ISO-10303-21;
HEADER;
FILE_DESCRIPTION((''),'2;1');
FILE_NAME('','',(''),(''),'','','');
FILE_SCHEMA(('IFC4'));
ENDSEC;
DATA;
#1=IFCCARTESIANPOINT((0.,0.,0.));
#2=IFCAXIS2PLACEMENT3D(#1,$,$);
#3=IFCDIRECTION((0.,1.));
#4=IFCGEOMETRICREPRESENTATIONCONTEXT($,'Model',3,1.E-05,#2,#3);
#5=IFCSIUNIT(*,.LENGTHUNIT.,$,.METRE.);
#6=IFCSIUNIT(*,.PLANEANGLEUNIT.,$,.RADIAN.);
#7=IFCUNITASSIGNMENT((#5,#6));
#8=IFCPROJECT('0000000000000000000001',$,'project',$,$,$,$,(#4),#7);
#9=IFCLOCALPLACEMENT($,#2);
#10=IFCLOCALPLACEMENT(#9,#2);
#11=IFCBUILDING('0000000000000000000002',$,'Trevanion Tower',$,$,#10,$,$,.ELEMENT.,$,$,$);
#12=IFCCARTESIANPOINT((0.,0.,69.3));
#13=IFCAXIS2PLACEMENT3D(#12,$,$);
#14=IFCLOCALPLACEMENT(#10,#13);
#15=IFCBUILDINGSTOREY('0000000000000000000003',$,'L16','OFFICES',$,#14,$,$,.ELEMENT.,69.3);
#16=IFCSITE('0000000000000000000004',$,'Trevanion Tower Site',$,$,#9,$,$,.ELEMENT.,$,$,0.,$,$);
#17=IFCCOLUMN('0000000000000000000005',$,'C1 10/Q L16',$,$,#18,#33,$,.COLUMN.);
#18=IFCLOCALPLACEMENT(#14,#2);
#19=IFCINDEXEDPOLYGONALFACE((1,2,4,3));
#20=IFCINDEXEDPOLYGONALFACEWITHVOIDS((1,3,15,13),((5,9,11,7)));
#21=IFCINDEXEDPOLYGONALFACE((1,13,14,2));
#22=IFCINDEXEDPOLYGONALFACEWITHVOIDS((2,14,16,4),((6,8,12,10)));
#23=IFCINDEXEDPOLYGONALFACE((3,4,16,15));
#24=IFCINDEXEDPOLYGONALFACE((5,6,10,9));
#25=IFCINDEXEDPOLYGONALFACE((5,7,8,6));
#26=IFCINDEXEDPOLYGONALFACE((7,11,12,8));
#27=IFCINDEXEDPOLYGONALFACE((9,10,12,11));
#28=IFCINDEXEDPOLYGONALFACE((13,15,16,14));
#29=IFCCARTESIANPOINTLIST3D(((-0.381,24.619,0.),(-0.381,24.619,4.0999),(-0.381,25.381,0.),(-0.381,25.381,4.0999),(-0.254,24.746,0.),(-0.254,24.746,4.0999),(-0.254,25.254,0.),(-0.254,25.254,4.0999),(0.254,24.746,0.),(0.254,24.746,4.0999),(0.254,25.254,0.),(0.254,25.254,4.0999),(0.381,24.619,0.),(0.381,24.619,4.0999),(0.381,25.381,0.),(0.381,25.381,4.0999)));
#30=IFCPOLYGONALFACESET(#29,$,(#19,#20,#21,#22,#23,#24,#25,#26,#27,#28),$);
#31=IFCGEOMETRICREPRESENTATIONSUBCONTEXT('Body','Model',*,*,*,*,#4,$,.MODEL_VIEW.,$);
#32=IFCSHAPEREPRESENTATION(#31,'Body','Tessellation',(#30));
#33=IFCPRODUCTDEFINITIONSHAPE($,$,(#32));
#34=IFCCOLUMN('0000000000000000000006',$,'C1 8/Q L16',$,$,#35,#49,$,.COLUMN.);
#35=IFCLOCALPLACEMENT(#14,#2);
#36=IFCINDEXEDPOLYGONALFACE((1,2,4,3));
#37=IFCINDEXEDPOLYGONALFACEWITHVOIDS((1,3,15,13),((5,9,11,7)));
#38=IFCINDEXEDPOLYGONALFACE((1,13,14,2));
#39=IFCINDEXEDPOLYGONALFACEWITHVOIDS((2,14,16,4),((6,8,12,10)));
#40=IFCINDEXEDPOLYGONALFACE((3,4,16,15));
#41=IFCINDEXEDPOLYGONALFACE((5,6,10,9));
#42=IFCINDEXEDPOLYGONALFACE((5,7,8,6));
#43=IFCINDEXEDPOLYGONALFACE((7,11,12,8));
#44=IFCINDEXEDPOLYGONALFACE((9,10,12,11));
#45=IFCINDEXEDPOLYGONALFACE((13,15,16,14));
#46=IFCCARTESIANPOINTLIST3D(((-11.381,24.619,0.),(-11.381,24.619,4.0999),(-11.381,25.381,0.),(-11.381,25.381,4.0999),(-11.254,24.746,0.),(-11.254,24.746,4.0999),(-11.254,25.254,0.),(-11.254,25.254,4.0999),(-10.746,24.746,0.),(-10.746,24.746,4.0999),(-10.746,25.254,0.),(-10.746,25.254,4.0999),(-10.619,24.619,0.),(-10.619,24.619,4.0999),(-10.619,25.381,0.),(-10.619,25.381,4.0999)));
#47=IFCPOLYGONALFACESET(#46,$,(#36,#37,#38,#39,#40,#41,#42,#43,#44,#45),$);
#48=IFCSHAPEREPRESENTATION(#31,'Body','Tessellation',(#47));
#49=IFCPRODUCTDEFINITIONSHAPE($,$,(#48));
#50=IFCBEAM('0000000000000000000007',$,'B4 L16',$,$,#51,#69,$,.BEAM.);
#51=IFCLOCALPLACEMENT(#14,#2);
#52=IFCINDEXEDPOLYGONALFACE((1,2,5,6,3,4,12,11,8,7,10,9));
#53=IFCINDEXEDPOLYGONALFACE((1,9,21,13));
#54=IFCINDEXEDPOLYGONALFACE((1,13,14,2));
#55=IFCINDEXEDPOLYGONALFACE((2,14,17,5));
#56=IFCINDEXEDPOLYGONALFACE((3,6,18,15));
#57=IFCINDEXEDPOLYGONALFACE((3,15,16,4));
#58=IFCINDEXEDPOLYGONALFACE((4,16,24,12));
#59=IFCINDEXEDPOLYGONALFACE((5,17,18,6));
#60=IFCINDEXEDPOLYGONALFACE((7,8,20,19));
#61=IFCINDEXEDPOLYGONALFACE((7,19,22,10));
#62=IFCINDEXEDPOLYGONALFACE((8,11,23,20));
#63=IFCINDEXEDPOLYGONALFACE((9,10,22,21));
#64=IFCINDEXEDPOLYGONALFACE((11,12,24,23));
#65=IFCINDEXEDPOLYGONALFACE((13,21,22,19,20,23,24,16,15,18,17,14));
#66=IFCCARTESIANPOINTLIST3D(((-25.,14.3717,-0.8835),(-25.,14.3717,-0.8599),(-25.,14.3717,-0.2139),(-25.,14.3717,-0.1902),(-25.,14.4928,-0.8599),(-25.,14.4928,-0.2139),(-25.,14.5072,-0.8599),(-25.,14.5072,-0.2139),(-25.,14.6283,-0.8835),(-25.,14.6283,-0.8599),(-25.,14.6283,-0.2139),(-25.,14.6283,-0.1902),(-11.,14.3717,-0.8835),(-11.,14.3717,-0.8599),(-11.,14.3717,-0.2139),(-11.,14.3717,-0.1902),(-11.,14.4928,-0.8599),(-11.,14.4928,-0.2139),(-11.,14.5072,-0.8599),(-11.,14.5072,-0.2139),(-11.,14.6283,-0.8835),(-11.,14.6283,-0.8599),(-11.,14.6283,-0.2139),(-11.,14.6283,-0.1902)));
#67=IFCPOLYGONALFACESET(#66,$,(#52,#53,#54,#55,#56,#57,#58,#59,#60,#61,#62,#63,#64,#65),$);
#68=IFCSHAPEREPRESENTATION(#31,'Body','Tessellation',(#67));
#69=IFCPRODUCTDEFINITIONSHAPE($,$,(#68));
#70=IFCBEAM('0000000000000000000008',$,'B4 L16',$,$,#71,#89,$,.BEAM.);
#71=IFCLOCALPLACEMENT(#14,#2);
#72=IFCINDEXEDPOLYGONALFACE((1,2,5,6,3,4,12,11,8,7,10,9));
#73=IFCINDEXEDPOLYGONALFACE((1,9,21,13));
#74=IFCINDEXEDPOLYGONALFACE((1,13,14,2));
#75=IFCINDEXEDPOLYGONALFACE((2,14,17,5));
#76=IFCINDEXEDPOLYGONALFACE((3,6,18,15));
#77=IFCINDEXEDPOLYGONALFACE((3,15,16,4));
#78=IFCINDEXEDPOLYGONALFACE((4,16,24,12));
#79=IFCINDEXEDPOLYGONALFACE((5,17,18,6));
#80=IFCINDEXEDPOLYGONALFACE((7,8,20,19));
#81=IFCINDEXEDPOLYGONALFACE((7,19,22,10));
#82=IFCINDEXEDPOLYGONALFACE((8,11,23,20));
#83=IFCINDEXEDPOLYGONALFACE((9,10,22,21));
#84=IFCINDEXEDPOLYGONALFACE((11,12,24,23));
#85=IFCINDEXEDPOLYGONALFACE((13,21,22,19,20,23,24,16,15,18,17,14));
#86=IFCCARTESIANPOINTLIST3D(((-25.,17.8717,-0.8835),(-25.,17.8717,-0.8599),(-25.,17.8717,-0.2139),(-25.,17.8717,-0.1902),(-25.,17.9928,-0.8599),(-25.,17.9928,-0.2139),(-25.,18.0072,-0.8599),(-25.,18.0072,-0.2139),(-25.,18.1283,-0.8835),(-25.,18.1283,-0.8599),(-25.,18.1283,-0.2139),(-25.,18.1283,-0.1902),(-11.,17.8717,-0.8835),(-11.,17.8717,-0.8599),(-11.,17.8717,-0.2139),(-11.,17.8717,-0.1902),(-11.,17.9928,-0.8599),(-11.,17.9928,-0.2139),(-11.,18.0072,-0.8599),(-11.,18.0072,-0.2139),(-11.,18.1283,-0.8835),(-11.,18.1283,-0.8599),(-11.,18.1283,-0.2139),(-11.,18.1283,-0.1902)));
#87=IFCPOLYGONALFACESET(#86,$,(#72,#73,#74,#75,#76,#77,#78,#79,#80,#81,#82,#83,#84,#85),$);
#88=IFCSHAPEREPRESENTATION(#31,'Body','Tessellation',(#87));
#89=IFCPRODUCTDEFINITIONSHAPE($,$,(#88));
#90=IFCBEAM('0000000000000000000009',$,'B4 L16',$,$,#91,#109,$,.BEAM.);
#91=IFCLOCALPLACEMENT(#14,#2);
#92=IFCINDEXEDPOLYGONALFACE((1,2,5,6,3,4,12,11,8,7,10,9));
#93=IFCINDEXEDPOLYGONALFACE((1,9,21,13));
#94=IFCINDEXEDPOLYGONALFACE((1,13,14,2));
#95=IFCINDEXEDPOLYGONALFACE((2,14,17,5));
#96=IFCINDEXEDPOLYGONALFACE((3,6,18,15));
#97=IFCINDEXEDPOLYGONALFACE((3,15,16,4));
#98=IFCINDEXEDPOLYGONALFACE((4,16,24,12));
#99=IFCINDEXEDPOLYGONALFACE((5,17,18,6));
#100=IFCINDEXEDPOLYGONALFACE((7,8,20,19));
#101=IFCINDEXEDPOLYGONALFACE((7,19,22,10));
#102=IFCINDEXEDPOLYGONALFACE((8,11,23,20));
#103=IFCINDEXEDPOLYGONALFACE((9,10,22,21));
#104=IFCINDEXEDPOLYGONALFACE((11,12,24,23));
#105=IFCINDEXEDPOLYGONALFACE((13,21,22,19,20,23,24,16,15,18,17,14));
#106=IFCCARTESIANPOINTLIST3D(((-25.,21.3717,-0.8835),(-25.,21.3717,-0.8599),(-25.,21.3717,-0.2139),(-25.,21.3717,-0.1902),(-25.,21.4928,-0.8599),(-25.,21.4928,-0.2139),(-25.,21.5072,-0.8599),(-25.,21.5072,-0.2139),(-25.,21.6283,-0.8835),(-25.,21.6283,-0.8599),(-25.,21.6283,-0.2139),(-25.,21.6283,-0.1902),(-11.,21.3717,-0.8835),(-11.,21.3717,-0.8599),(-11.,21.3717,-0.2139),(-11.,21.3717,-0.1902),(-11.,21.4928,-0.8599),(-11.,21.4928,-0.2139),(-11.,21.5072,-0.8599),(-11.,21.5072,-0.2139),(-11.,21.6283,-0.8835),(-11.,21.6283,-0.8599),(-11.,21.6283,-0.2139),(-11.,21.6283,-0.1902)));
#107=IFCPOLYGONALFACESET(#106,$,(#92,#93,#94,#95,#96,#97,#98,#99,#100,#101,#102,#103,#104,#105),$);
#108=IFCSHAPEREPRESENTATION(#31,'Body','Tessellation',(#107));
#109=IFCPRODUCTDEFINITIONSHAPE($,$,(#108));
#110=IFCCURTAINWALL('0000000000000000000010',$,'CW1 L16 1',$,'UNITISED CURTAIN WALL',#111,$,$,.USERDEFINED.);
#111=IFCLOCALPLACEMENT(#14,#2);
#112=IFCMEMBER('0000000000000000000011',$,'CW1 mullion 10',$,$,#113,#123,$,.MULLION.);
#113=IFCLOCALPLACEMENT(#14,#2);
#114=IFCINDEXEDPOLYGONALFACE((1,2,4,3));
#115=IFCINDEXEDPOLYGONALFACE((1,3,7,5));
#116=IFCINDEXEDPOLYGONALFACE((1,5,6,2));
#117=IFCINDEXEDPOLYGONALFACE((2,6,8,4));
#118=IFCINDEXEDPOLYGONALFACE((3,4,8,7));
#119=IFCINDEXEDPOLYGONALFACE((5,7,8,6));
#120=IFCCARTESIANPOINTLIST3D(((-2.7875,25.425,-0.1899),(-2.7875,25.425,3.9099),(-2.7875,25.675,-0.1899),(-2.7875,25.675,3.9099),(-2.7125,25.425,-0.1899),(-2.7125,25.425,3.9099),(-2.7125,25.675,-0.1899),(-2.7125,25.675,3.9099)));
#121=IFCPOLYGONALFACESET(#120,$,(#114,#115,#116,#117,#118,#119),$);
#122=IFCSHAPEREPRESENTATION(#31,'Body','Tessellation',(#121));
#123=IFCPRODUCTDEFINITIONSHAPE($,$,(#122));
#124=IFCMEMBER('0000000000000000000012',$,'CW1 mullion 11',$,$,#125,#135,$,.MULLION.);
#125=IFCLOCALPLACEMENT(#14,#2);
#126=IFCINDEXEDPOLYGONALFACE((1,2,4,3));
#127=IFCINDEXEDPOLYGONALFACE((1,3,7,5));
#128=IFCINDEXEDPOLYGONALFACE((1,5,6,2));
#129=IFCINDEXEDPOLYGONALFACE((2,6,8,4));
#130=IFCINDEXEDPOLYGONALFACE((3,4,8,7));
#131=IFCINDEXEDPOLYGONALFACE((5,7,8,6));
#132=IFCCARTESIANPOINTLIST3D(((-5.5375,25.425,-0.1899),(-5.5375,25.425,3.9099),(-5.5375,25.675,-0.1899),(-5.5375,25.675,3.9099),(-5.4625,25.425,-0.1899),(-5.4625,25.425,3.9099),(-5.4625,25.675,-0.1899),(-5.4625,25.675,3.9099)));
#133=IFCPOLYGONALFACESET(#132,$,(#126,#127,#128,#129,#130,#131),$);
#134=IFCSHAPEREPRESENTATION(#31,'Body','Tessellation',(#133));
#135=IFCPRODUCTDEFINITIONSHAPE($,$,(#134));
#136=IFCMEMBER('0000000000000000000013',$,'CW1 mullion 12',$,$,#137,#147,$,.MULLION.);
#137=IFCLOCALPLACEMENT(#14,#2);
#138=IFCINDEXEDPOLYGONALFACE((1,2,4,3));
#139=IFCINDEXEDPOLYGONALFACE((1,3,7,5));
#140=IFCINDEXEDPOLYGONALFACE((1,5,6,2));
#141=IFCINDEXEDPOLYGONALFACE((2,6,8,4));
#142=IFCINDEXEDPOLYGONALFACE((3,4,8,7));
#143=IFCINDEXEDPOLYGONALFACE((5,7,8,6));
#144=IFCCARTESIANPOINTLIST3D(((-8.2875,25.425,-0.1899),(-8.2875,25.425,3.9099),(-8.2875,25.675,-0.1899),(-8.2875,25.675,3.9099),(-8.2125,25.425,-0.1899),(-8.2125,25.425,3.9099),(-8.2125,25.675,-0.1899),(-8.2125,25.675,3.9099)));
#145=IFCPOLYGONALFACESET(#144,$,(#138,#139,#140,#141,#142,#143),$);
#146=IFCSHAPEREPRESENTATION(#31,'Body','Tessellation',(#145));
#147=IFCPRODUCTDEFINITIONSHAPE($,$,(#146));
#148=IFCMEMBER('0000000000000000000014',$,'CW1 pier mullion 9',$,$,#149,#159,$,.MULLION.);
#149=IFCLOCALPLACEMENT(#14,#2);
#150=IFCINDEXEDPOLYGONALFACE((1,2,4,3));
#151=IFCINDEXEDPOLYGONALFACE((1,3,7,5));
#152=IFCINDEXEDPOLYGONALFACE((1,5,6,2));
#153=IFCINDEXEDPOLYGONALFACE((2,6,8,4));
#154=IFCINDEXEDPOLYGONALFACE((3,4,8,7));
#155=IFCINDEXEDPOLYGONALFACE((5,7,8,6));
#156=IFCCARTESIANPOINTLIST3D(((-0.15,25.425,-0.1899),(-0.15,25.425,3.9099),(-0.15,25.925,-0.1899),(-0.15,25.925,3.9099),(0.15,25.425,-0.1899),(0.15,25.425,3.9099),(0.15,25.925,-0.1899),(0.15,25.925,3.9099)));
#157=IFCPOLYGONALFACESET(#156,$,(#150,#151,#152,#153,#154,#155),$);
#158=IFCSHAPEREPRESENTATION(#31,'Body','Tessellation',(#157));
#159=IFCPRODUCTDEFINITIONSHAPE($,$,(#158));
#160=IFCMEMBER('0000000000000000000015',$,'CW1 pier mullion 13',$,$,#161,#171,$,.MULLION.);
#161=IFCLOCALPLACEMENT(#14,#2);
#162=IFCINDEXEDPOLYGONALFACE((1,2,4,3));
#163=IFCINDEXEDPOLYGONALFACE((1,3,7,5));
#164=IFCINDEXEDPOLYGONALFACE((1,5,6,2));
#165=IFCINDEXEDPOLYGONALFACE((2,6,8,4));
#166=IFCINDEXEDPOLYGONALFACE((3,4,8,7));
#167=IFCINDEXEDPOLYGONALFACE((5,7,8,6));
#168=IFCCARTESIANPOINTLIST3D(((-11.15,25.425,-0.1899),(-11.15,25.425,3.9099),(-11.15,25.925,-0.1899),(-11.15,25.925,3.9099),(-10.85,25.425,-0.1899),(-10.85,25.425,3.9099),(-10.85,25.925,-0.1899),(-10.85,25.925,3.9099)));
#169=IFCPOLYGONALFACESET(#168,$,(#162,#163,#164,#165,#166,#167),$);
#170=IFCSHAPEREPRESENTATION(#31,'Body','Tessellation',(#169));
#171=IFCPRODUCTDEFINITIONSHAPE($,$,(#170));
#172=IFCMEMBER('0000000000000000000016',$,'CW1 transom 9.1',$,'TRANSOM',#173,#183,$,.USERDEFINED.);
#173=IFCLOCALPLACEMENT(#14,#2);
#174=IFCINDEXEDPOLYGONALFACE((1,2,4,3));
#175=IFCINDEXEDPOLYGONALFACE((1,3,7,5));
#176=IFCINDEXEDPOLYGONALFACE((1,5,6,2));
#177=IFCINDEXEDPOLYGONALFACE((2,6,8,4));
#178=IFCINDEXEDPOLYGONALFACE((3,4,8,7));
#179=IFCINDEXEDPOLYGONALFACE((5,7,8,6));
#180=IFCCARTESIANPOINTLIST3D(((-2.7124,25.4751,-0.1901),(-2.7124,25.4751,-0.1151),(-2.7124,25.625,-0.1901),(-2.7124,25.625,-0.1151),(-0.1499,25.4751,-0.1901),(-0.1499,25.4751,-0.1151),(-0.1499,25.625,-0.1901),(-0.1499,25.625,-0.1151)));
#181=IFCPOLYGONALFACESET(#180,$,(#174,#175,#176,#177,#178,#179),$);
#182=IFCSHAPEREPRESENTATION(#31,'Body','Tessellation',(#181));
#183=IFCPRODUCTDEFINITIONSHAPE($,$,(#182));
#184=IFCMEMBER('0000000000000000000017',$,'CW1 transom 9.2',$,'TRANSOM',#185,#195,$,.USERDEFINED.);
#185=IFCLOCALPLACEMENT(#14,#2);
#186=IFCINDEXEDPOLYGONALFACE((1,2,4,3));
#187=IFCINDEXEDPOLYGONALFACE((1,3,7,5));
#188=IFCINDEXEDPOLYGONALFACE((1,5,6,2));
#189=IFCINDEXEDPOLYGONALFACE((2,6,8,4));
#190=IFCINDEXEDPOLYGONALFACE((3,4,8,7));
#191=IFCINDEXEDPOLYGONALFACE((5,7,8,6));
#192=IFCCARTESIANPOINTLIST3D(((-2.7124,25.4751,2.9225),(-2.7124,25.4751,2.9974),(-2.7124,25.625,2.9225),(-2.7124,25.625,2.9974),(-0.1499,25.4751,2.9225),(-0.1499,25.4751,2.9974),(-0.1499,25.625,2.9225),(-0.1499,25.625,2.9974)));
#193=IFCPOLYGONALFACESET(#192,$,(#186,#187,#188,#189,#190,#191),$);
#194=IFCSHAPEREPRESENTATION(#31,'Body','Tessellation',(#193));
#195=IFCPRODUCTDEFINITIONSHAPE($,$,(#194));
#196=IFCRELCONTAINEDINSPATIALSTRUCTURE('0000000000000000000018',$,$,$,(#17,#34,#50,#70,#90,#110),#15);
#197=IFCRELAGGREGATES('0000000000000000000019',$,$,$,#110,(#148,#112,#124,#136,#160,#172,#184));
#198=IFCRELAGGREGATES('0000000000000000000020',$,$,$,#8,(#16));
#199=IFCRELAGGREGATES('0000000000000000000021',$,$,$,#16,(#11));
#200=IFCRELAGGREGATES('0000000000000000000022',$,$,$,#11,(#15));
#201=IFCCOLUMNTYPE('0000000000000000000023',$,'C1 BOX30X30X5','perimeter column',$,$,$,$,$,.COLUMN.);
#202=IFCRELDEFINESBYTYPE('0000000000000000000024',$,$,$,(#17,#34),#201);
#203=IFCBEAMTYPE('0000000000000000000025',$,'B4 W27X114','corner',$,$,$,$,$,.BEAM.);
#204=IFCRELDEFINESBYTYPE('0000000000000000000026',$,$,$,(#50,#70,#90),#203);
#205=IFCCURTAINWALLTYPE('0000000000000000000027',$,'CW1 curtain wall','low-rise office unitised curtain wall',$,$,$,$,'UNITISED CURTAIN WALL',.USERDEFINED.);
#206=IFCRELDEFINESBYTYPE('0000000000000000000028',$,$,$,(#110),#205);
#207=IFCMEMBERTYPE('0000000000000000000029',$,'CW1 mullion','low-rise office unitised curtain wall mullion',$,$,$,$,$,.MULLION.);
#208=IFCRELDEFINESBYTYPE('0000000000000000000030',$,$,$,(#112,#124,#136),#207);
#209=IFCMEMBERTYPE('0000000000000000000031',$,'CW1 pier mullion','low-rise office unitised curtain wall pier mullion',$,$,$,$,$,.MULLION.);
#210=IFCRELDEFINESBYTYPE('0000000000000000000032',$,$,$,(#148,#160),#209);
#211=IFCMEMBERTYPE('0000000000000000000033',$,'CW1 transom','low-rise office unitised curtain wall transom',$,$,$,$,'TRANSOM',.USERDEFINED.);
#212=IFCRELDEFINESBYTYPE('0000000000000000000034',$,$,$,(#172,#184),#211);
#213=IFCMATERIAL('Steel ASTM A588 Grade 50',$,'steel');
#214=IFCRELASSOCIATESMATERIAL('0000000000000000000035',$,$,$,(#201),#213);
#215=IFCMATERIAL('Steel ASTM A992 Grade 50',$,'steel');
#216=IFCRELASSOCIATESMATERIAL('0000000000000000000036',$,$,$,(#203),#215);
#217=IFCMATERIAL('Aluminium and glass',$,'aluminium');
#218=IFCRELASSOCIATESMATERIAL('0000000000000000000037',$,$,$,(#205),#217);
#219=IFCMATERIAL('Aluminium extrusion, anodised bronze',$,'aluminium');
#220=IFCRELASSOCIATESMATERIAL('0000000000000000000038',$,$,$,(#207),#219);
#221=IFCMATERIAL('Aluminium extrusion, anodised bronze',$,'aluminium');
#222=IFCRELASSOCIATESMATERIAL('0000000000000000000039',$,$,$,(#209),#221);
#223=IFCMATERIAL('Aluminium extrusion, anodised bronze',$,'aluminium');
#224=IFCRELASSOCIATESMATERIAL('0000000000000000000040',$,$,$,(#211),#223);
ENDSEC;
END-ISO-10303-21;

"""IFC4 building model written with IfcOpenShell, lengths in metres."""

from ifc_helpers import new_model, si_unit, direction, frame, origin, origin_2d, place, context, subcontext, project, spatial, rectangle, hollow_rectangle, i_section, extrude, material, material_profile, profile_set, type_object, element, aggregate, save


model = new_model("IFC4")

# Units and contexts
model_context = context("Model", 3, precision=1e-05, world=origin(), true_north=direction((0.0, 1.0)))
body_context = subcontext(model_context, "Body", "Model", "MODEL_VIEW")
ifc_project = project(units=[si_unit("LENGTHUNIT", "METRE"), si_unit("PLANEANGLEUNIT", "RADIAN")], contexts=[model_context])

# Site, building, storey
site_placement = place(None, origin())
site = spatial("IfcSite", under=ifc_project, at=site_placement, Name="Trevanion Tower Site", CompositionType="ELEMENT", RefElevation=0.0)
building_placement = place(site_placement, origin())
building = spatial("IfcBuilding", under=site, at=building_placement, Name="Trevanion Tower", CompositionType="ELEMENT")
storey_placement = place(building_placement, frame((0.0, 0.0, 69.3)))
storey = spatial("IfcBuildingStorey", under=building, at=storey_placement, Name="L16", Description="OFFICES", CompositionType="ELEMENT", Elevation=69.3)

# Columns
ifc_material_1 = material(Name="Steel ASTM A588 Grade 50", Category="steel")
ifc_material_profile_1 = material_profile(ifc_material_1, hollow_rectangle(XDim=0.762, YDim=0.762, WallThickness=0.127, at=origin_2d()), Name="BOX30X30X5")
ifc_profile_set_1 = profile_set([ifc_material_profile_1], Name="Steel ASTM A588 Grade 50")
column_type = type_object("IfcColumnType", Name="C1 BOX30X30X5", Description="perimeter column", PredefinedType="COLUMN", material=ifc_profile_set_1)
for number, where, z_axis, x_axis, name in (
    (1, (0.0, 25.0, 0.0), (0.0, 0.0, 1.0), (1.0, 0.0, 0.0), "C1 10/Q L16"),
    (2, (-11.0, 25.0, 0.0), (0.0, 0.0, 1.0), (1.0, 0.0, 0.0), "C1 8/Q L16"),
):
    element("IfcColumn", number, at=place(storey_placement, frame(where, z_axis=z_axis, x_axis=x_axis)), inside=storey, type_object=column_type, Name=name, PredefinedType="COLUMN", context=body_context, shape_type="SweptSolid", body=[
        extrude(hollow_rectangle(XDim=0.762, YDim=0.762, WallThickness=0.127, at=origin_2d()), origin(), (0.0, 0.0, 1.0), 4.0999),
    ])

# Beams
ifc_material_2 = material(Name="Steel ASTM A992 Grade 50", Category="steel")
ifc_material_profile_2 = material_profile(ifc_material_2, i_section(OverallWidth=0.2566, OverallDepth=0.6934, WebThickness=0.0144, FlangeThickness=0.0237, at=origin_2d()), Name="W27X114")
ifc_profile_set_2 = profile_set([ifc_material_profile_2], Name="Steel ASTM A992 Grade 50")
beam_type_1 = type_object("IfcBeamType", Name="B4 W27X114", Description="corner", PredefinedType="BEAM", material=ifc_profile_set_2)
for number, where, z_axis, x_axis, name in (
    (3, (-11.0, 14.5, -0.5369), (-1.0, 0.0, 0.0), (0.0, -1.0, 0.0), "B4 L16"),
    (4, (-11.0, 18.0, -0.5369), (-1.0, 0.0, 0.0), (0.0, -1.0, 0.0), "B4 L16"),
    (5, (-11.0, 21.5, -0.5369), (-1.0, 0.0, 0.0), (0.0, -1.0, 0.0), "B4 L16"),
):
    element("IfcBeam", number, at=place(storey_placement, frame(where, z_axis=z_axis, x_axis=x_axis)), inside=storey, type_object=beam_type_1, Name=name, PredefinedType="BEAM", context=body_context, shape_type="SweptSolid", body=[
        extrude(i_section(OverallWidth=0.2566, OverallDepth=0.6934, WebThickness=0.0144, FlangeThickness=0.0237, at=origin_2d()), origin(), (0.0, 0.0, 1.0), 14.0),
    ])

# Curtain wall, members
ifc_material_3 = material(Name="Aluminium and glass", Category="aluminium")
curtain_wall_type = type_object("IfcCurtainWallType", Name="CW1 curtain wall", Description="low-rise office unitised curtain wall", ElementType="UNITISED CURTAIN WALL", PredefinedType="USERDEFINED", material=ifc_material_3)
curtain_wall_placement = place(storey_placement, origin())
curtain_wall = element("IfcCurtainWall", 6, at=curtain_wall_placement, inside=storey, type_object=curtain_wall_type, Name="CW1 L16 1", ObjectType="UNITISED CURTAIN WALL", PredefinedType="USERDEFINED")
ifc_material_4 = material(Name="Aluminium extrusion, anodised bronze", Category="aluminium")
ifc_material_profile_3 = material_profile(ifc_material_4, rectangle(XDim=0.075, YDim=0.25, at=origin_2d()), Name="CW1 mullion")
ifc_profile_set_3 = profile_set([ifc_material_profile_3], Name="Aluminium extrusion, anodised bronze")
member_type_1 = type_object("IfcMemberType", Name="CW1 mullion", Description="low-rise office unitised curtain wall mullion", PredefinedType="MULLION", material=ifc_profile_set_3)
member_1_placement = place(storey_placement, frame((-2.75, 25.55, -0.1899), z_axis=(0.0, 0.0, 1.0), x_axis=(-1.0, 0.0, 0.0)))
member_1 = element("IfcMember", 7, at=member_1_placement, type_object=member_type_1, Name="CW1 mullion 10", PredefinedType="MULLION", context=body_context, shape_type="SweptSolid", body=[
    extrude(rectangle(XDim=0.075, YDim=0.25, at=origin_2d()), origin(), (0.0, 0.0, 1.0), 4.0999),
])
member_2_placement = place(storey_placement, frame((-5.5, 25.55, -0.1899), z_axis=(0.0, 0.0, 1.0), x_axis=(-1.0, 0.0, 0.0)))
member_2 = element("IfcMember", 8, at=member_2_placement, type_object=member_type_1, Name="CW1 mullion 11", PredefinedType="MULLION", context=body_context, shape_type="SweptSolid", body=[
    extrude(rectangle(XDim=0.075, YDim=0.25, at=origin_2d()), origin(), (0.0, 0.0, 1.0), 4.0999),
])
member_3_placement = place(storey_placement, frame((-8.25, 25.55, -0.1899), z_axis=(0.0, 0.0, 1.0), x_axis=(-1.0, 0.0, 0.0)))
member_3 = element("IfcMember", 9, at=member_3_placement, type_object=member_type_1, Name="CW1 mullion 12", PredefinedType="MULLION", context=body_context, shape_type="SweptSolid", body=[
    extrude(rectangle(XDim=0.075, YDim=0.25, at=origin_2d()), origin(), (0.0, 0.0, 1.0), 4.0999),
])
ifc_material_5 = material(Name="Aluminium extrusion, anodised bronze", Category="aluminium")
ifc_material_profile_4 = material_profile(ifc_material_5, rectangle(XDim=0.3, YDim=0.5, at=origin_2d()), Name="CW1 pier mullion")
ifc_profile_set_4 = profile_set([ifc_material_profile_4], Name="Aluminium extrusion, anodised bronze")
member_type_2 = type_object("IfcMemberType", Name="CW1 pier mullion", Description="low-rise office unitised curtain wall pier mullion", PredefinedType="MULLION", material=ifc_profile_set_4)
member_4_placement = place(storey_placement, frame((0.0, 25.675, -0.1899), z_axis=(0.0, 0.0, 1.0), x_axis=(-1.0, 0.0, 0.0)))
member_4 = element("IfcMember", 10, at=member_4_placement, type_object=member_type_2, Name="CW1 pier mullion 9", PredefinedType="MULLION", context=body_context, shape_type="SweptSolid", body=[
    extrude(rectangle(XDim=0.3, YDim=0.5, at=origin_2d()), origin(), (0.0, 0.0, 1.0), 4.0999),
])
member_5_placement = place(storey_placement, frame((-11.0, 25.675, -0.1899), z_axis=(0.0, 0.0, 1.0), x_axis=(-1.0, 0.0, 0.0)))
member_5 = element("IfcMember", 11, at=member_5_placement, type_object=member_type_2, Name="CW1 pier mullion 13", PredefinedType="MULLION", context=body_context, shape_type="SweptSolid", body=[
    extrude(rectangle(XDim=0.3, YDim=0.5, at=origin_2d()), origin(), (0.0, 0.0, 1.0), 4.0999),
])
ifc_material_6 = material(Name="Aluminium extrusion, anodised bronze", Category="aluminium")
ifc_material_profile_5 = material_profile(ifc_material_6, rectangle(XDim=0.1499, YDim=0.075, at=origin_2d()), Name="CW1 transom")
ifc_profile_set_5 = profile_set([ifc_material_profile_5], Name="Aluminium extrusion, anodised bronze")
member_type_3 = type_object("IfcMemberType", Name="CW1 transom", Description="low-rise office unitised curtain wall transom", ElementType="TRANSOM", PredefinedType="USERDEFINED", material=ifc_profile_set_5)
member_6_placement = place(storey_placement, frame((-0.1499, 25.55, -0.1526), z_axis=(-1.0, 0.0, 0.0), x_axis=(0.0, -1.0, 0.0)))
member_6 = element("IfcMember", 12, at=member_6_placement, type_object=member_type_3, Name="CW1 transom 9.1", ObjectType="TRANSOM", PredefinedType="USERDEFINED", context=body_context, shape_type="SweptSolid", body=[
    extrude(rectangle(XDim=0.1499, YDim=0.075, at=origin_2d()), origin(), (0.0, 0.0, 1.0), 2.5625),
])
member_7_placement = place(storey_placement, frame((-0.1499, 25.55, 2.96), z_axis=(-1.0, 0.0, 0.0), x_axis=(0.0, -1.0, 0.0)))
member_7 = element("IfcMember", 13, at=member_7_placement, type_object=member_type_3, Name="CW1 transom 9.2", ObjectType="TRANSOM", PredefinedType="USERDEFINED", context=body_context, shape_type="SweptSolid", body=[
    extrude(rectangle(XDim=0.1499, YDim=0.075, at=origin_2d()), origin(), (0.0, 0.0, 1.0), 2.5625),
])

aggregate(curtain_wall, [member_4, member_1, member_2, member_3, member_5, member_6, member_7])

save(model, "model.ifc")
